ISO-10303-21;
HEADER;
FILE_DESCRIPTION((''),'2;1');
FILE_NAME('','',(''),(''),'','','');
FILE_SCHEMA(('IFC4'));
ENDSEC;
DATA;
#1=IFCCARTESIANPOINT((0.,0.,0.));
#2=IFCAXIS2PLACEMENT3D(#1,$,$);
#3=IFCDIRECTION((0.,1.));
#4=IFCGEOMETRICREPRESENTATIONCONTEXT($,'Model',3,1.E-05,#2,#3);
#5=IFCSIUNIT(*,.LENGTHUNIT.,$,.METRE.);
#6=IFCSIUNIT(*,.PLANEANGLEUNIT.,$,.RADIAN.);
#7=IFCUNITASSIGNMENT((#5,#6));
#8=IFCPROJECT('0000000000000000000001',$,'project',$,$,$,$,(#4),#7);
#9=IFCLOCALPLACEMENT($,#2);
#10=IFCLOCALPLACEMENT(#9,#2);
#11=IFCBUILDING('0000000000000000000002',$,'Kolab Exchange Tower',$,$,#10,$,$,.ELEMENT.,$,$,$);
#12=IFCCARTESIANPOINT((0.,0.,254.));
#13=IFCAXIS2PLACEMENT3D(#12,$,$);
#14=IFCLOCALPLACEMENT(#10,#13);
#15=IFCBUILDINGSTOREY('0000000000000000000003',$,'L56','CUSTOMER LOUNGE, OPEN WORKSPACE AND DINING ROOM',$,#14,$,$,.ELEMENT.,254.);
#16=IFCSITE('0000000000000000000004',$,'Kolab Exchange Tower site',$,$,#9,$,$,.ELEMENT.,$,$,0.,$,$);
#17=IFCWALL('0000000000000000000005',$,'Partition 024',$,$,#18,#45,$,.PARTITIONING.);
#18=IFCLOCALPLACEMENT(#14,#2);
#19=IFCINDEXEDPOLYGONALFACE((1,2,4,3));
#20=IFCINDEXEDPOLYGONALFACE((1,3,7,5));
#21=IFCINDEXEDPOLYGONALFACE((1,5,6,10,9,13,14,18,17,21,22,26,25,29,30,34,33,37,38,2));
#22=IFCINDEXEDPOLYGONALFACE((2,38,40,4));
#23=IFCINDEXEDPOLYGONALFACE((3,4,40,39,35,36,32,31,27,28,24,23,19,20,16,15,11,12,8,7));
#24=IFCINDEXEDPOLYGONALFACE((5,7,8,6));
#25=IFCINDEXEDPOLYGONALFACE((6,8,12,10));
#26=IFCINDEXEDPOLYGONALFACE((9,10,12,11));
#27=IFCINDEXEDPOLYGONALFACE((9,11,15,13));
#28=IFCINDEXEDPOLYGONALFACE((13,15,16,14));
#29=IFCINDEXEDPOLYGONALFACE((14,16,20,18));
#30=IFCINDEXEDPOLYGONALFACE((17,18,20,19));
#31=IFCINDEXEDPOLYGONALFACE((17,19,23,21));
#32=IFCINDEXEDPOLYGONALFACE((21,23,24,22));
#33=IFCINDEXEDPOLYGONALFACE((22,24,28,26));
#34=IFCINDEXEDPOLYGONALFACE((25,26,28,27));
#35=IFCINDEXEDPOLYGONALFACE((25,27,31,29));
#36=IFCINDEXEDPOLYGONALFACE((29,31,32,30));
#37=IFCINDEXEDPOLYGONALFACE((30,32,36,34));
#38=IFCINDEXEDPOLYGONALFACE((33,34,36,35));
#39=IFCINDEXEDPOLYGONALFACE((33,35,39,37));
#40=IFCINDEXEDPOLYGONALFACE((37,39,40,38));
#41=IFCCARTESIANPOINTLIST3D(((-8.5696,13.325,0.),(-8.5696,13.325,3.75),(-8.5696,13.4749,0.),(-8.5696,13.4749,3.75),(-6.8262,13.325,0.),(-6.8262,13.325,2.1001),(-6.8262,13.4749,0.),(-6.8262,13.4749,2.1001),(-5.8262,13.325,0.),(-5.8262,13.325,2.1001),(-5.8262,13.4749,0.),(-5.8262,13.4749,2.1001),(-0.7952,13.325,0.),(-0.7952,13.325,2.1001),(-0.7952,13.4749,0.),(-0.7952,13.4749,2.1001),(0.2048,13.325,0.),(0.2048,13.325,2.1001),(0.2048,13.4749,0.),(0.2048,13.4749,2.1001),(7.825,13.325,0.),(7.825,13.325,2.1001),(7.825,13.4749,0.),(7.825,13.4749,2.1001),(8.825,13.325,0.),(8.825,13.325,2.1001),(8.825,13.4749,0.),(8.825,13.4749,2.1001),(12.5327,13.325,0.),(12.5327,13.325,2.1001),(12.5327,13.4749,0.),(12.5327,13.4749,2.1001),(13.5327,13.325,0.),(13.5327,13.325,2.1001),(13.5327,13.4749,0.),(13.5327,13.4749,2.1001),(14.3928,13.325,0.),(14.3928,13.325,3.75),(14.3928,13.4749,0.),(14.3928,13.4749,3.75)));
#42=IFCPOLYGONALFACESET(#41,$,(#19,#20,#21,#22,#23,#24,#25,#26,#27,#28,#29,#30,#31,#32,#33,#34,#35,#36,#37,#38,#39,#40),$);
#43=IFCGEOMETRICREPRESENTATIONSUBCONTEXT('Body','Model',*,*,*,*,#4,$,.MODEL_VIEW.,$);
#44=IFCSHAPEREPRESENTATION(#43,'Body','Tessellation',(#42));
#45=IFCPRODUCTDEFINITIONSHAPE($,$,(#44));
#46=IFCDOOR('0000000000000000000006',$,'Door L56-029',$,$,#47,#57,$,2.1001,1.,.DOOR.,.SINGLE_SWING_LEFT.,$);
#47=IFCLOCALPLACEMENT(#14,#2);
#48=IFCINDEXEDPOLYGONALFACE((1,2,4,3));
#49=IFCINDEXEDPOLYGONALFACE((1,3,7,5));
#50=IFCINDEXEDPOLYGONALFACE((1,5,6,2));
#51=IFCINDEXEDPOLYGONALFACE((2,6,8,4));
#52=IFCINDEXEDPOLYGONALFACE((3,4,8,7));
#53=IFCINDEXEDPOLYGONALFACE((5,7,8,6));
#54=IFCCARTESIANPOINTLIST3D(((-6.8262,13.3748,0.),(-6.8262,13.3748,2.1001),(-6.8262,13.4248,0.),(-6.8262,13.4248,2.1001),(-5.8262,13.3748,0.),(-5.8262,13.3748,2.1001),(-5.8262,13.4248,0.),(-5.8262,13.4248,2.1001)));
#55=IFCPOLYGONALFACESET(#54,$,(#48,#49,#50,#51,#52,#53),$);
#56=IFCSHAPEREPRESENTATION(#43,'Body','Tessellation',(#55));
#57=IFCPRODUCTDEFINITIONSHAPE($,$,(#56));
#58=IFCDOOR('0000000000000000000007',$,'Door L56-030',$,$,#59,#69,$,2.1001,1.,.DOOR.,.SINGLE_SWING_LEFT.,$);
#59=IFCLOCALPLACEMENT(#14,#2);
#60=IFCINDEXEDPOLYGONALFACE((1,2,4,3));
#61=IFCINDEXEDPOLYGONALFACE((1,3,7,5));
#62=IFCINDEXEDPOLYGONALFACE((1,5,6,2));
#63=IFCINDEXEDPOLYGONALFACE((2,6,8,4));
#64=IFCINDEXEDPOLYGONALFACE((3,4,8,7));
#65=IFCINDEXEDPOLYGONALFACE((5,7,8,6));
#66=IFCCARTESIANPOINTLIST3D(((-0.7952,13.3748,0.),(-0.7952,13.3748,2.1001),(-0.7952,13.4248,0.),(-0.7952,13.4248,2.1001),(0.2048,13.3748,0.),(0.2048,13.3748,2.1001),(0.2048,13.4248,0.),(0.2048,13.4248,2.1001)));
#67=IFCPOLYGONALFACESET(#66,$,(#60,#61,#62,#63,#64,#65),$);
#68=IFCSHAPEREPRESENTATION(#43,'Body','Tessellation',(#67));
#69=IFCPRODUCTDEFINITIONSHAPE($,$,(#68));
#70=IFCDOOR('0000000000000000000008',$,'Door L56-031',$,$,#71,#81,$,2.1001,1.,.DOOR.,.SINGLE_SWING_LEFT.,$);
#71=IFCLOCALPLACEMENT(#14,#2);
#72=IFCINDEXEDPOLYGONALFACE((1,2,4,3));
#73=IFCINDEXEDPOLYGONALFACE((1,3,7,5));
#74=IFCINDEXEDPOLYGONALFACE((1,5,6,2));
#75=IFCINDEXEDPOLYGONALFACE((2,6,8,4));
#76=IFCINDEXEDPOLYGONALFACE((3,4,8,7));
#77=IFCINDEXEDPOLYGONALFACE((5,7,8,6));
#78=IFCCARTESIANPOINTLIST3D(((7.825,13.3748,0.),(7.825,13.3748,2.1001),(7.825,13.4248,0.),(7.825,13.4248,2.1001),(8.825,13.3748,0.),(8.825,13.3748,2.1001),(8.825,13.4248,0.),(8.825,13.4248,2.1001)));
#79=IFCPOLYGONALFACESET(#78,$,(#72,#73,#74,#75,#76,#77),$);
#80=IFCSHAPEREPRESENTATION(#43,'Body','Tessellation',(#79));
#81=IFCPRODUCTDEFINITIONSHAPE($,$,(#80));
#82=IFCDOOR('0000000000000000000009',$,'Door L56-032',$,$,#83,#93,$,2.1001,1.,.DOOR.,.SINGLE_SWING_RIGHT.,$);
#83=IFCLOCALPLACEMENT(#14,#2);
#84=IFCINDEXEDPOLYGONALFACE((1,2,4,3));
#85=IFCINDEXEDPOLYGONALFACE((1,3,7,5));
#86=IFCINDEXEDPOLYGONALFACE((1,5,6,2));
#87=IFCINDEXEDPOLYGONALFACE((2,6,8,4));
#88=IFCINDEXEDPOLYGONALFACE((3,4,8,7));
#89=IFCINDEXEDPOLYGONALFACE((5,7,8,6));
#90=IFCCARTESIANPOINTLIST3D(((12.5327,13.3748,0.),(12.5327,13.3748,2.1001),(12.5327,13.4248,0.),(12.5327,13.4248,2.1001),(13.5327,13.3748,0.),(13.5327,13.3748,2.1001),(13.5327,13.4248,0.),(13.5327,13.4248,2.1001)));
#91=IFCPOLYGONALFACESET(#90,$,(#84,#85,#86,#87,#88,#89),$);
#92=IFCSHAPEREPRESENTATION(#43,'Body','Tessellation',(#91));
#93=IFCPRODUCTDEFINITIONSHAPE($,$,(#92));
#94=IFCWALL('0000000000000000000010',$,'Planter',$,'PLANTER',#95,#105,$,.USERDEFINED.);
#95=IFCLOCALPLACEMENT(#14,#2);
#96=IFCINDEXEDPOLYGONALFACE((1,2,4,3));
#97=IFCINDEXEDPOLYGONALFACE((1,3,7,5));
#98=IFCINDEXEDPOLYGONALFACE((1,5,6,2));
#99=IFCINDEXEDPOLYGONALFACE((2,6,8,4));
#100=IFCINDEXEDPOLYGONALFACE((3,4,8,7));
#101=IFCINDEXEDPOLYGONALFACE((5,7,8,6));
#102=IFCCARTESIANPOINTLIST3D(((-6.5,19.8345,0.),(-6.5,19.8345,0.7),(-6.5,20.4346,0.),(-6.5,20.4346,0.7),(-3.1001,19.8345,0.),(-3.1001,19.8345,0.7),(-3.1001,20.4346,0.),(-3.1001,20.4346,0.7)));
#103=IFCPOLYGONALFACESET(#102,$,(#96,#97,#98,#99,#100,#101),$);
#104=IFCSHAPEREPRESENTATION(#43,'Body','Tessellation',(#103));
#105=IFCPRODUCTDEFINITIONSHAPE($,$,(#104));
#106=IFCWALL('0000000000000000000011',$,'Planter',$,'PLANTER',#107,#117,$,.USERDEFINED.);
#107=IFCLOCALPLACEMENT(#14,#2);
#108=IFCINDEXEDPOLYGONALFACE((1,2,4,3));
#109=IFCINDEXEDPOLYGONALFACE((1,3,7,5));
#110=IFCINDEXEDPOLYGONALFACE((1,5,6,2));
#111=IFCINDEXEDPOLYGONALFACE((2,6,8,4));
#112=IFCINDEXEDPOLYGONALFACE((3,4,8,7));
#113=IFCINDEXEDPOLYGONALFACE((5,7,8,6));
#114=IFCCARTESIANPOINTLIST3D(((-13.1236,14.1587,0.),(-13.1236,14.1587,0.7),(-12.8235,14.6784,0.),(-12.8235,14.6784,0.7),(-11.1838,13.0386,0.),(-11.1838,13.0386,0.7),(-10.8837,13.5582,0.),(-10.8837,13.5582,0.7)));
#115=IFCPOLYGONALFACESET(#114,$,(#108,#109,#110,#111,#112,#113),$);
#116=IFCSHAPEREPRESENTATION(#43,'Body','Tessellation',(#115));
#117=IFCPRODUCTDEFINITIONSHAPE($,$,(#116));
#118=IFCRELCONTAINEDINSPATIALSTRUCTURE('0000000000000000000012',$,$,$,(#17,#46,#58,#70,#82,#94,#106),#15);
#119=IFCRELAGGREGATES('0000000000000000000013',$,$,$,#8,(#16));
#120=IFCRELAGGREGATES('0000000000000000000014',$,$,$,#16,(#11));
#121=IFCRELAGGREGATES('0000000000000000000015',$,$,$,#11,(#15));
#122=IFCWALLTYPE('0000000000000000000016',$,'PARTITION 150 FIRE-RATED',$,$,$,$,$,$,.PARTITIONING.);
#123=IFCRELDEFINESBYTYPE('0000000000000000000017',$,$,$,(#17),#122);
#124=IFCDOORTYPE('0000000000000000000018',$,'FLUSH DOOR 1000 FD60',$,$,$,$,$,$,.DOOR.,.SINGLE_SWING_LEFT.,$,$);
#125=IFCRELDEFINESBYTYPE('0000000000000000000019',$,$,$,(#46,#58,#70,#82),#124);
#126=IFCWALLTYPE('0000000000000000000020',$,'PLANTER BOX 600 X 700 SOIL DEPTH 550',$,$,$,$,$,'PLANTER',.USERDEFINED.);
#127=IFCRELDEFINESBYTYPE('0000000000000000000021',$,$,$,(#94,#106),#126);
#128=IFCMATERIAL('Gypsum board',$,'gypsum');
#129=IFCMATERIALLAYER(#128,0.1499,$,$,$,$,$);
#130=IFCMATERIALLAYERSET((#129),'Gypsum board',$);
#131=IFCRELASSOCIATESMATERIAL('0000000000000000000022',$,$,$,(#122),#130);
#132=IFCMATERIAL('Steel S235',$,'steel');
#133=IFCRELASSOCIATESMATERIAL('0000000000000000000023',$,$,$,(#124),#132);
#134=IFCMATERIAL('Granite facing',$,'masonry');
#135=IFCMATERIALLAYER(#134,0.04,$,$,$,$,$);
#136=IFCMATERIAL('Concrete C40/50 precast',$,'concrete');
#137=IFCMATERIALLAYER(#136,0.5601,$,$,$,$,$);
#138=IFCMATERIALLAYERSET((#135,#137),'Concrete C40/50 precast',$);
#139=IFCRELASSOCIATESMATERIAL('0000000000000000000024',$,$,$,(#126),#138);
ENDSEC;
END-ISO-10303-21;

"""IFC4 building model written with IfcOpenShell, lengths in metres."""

from ifc_helpers import new_model, si_unit, direction, frame, frame_2d, origin, place, context, subcontext, project, spatial, rectangle, extrude, material, layer, layer_set, type_object, element, fill, save


model = new_model("IFC4")

# Units and contexts
model_context = context("Model", 3, precision=1e-05, world=origin(), true_north=direction((0.0, 1.0)))
body_context = subcontext(model_context, "Body", "Model", "MODEL_VIEW")
ifc_project = project(units=[si_unit("LENGTHUNIT", "METRE"), si_unit("PLANEANGLEUNIT", "RADIAN")], contexts=[model_context])

# Site, building, storey
site_placement = place(None, origin())
site = spatial("IfcSite", under=ifc_project, at=site_placement, Name="Kolab Exchange Tower site", CompositionType="ELEMENT", RefElevation=0.0)
building_placement = place(site_placement, origin())
building = spatial("IfcBuilding", under=site, at=building_placement, Name="Kolab Exchange Tower", CompositionType="ELEMENT")
storey_placement = place(building_placement, frame((0.0, 0.0, 254.0)))
storey = spatial("IfcBuildingStorey", under=building, at=storey_placement, Name="L56", Description="CUSTOMER LOUNGE, OPEN WORKSPACE AND DINING ROOM", CompositionType="ELEMENT", Elevation=254.0)

# Shared definitions
ifc_material_1 = material(Name="Gypsum board", Category="gypsum")

# Wall, openings, doors
ifc_layer_1 = layer(ifc_material_1, 0.1499)
ifc_layer_set_1 = layer_set([ifc_layer_1], Name="Gypsum board")
wall_type_1 = type_object("IfcWallType", Name="PARTITION 150 FIRE-RATED", PredefinedType="PARTITIONING", material=ifc_layer_set_1)
wall_1_placement = place(storey_placement, frame((-8.5696, 13.3999, 0.0), z_axis=(0.0, 0.0, 1.0), x_axis=(1.0, 0.0, 0.0)))
wall_1 = element("IfcWall", 1, at=wall_1_placement, inside=storey, type_object=wall_type_1, Name="Partition 024", PredefinedType="PARTITIONING", context=body_context, shape_type="SweptSolid", body=[
    extrude(rectangle(XDim=22.9624, YDim=0.1499, at=frame_2d((11.4812, 0.0))), origin(), (0.0, 0.0, 1.0), 3.75),
])
opening_1_placement = place(wall_1_placement, frame((1.7434, 0.0, 0.0)))
opening_1 = element("IfcOpeningElement", 2, at=opening_1_placement, cuts=wall_1, PredefinedType="OPENING", context=body_context, shape_type="SweptSolid", body=[
    extrude(rectangle(XDim=1.0, YDim=2.1001, at=frame_2d((0.5, 1.05))), frame((0.0, 0.085, 0.0), z_axis=(0.0, -1.0, 0.0), x_axis=(1.0, 0.0, 0.0)), (0.0, 0.0, 1.0), 0.1699),
])
opening_2_placement = place(wall_1_placement, frame((7.7744, 0.0, 0.0)))
opening_2 = element("IfcOpeningElement", 3, at=opening_2_placement, cuts=wall_1, PredefinedType="OPENING", context=body_context, shape_type="SweptSolid", body=[
    extrude(rectangle(XDim=1.0, YDim=2.1001, at=frame_2d((0.5, 1.05))), frame((0.0, 0.085, 0.0), z_axis=(0.0, -1.0, 0.0), x_axis=(1.0, 0.0, 0.0)), (0.0, 0.0, 1.0), 0.1699),
])
opening_3_placement = place(wall_1_placement, frame((16.3945, 0.0, 0.0)))
opening_3 = element("IfcOpeningElement", 4, at=opening_3_placement, cuts=wall_1, PredefinedType="OPENING", context=body_context, shape_type="SweptSolid", body=[
    extrude(rectangle(XDim=1.0, YDim=2.1001, at=frame_2d((0.5, 1.05))), frame((0.0, 0.085, 0.0), z_axis=(0.0, -1.0, 0.0), x_axis=(1.0, 0.0, 0.0)), (0.0, 0.0, 1.0), 0.1699),
])
opening_4_placement = place(wall_1_placement, frame((21.1023, 0.0, 0.0)))
opening_4 = element("IfcOpeningElement", 5, at=opening_4_placement, cuts=wall_1, PredefinedType="OPENING", context=body_context, shape_type="SweptSolid", body=[
    extrude(rectangle(XDim=1.0, YDim=2.1001, at=frame_2d((0.5, 1.05))), frame((0.0, 0.085, 0.0), z_axis=(0.0, -1.0, 0.0), x_axis=(1.0, 0.0, 0.0)), (0.0, 0.0, 1.0), 0.1699),
])
ifc_material_2 = material(Name="Steel S235", Category="steel")
door_type_1 = type_object("IfcDoorType", Name="FLUSH DOOR 1000 FD60", OperationType="SINGLE_SWING_LEFT", PredefinedType="DOOR", material=ifc_material_2)
door_1_placement = place(opening_1_placement, origin())
door_1 = element("IfcDoor", 6, at=door_1_placement, inside=storey, type_object=door_type_1, Name="Door L56-029", OperationType="SINGLE_SWING_LEFT", OverallHeight=2.1001, OverallWidth=1.0, PredefinedType="DOOR", context=body_context, shape_type="SweptSolid", body=[
    extrude(rectangle(XDim=1.0, YDim=2.1001, at=frame_2d((0.5, 1.05))), frame((0.0, 0.0249, 0.0), z_axis=(0.0, -1.0, 0.0), x_axis=(1.0, 0.0, 0.0)), (0.0, 0.0, 1.0), 0.05),
])
fill(opening_1, door_1)
door_2_placement = place(opening_2_placement, origin())
door_2 = element("IfcDoor", 7, at=door_2_placement, inside=storey, type_object=door_type_1, Name="Door L56-030", OperationType="SINGLE_SWING_LEFT", OverallHeight=2.1001, OverallWidth=1.0, PredefinedType="DOOR", context=body_context, shape_type="SweptSolid", body=[
    extrude(rectangle(XDim=1.0, YDim=2.1001, at=frame_2d((0.5, 1.05))), frame((0.0, 0.0249, 0.0), z_axis=(0.0, -1.0, 0.0), x_axis=(1.0, 0.0, 0.0)), (0.0, 0.0, 1.0), 0.05),
])
fill(opening_2, door_2)
door_3_placement = place(opening_3_placement, origin())
door_3 = element("IfcDoor", 8, at=door_3_placement, inside=storey, type_object=door_type_1, Name="Door L56-031", OperationType="SINGLE_SWING_LEFT", OverallHeight=2.1001, OverallWidth=1.0, PredefinedType="DOOR", context=body_context, shape_type="SweptSolid", body=[
    extrude(rectangle(XDim=1.0, YDim=2.1001, at=frame_2d((0.5, 1.05))), frame((0.0, 0.0249, 0.0), z_axis=(0.0, -1.0, 0.0), x_axis=(1.0, 0.0, 0.0)), (0.0, 0.0, 1.0), 0.05),
])
fill(opening_3, door_3)
door_4_placement = place(opening_4_placement, origin())
door_4 = element("IfcDoor", 9, at=door_4_placement, inside=storey, type_object=door_type_1, Name="Door L56-032", OperationType="SINGLE_SWING_RIGHT", OverallHeight=2.1001, OverallWidth=1.0, PredefinedType="DOOR", context=body_context, shape_type="SweptSolid", body=[
    extrude(rectangle(XDim=1.0, YDim=2.1001, at=frame_2d((0.5, 1.05))), frame((0.0, 0.0249, 0.0), z_axis=(0.0, -1.0, 0.0), x_axis=(1.0, 0.0, 0.0)), (0.0, 0.0, 1.0), 0.05),
])
fill(opening_4, door_4)

# Walls
ifc_material_3 = material(Name="Granite facing", Category="masonry")
ifc_layer_2 = layer(ifc_material_3, 0.04)
ifc_material_4 = material(Name="Concrete C40/50 precast", Category="concrete")
ifc_layer_3 = layer(ifc_material_4, 0.5601)
ifc_layer_set_2 = layer_set([ifc_layer_2, ifc_layer_3], Name="Concrete C40/50 precast")
wall_type_2 = type_object("IfcWallType", Name="PLANTER BOX 600 X 700 SOIL DEPTH 550", ElementType="PLANTER", PredefinedType="USERDEFINED", material=ifc_layer_set_2)
wall_2_placement = place(storey_placement, frame((-6.5, 20.1345, 0.0), z_axis=(0.0, 0.0, 1.0), x_axis=(1.0, 0.0, 0.0)))
element("IfcWall", 10, at=wall_2_placement, inside=storey, type_object=wall_type_2, Name="Planter", ObjectType="PLANTER", PredefinedType="USERDEFINED", context=body_context, shape_type="SweptSolid", body=[
    extrude(rectangle(XDim=3.3999, YDim=0.6001, at=frame_2d((1.7, 0.0))), origin(), (0.0, 0.0, 1.0), 0.7),
])
wall_3_placement = place(storey_placement, frame((-11.0337, 13.2983, 0.0), z_axis=(0.0, 0.0, 1.0), x_axis=(-0.86598, 0.500078, 0.0)))
element("IfcWall", 11, at=wall_3_placement, inside=storey, type_object=wall_type_2, Name="Planter", ObjectType="PLANTER", PredefinedType="USERDEFINED", context=body_context, shape_type="SweptSolid", body=[
    extrude(rectangle(XDim=2.24, YDim=0.6001, at=frame_2d((1.1201, 0.0))), origin(), (0.0, 0.0, 1.0), 0.7),
])

save(model, "model.ifc")
